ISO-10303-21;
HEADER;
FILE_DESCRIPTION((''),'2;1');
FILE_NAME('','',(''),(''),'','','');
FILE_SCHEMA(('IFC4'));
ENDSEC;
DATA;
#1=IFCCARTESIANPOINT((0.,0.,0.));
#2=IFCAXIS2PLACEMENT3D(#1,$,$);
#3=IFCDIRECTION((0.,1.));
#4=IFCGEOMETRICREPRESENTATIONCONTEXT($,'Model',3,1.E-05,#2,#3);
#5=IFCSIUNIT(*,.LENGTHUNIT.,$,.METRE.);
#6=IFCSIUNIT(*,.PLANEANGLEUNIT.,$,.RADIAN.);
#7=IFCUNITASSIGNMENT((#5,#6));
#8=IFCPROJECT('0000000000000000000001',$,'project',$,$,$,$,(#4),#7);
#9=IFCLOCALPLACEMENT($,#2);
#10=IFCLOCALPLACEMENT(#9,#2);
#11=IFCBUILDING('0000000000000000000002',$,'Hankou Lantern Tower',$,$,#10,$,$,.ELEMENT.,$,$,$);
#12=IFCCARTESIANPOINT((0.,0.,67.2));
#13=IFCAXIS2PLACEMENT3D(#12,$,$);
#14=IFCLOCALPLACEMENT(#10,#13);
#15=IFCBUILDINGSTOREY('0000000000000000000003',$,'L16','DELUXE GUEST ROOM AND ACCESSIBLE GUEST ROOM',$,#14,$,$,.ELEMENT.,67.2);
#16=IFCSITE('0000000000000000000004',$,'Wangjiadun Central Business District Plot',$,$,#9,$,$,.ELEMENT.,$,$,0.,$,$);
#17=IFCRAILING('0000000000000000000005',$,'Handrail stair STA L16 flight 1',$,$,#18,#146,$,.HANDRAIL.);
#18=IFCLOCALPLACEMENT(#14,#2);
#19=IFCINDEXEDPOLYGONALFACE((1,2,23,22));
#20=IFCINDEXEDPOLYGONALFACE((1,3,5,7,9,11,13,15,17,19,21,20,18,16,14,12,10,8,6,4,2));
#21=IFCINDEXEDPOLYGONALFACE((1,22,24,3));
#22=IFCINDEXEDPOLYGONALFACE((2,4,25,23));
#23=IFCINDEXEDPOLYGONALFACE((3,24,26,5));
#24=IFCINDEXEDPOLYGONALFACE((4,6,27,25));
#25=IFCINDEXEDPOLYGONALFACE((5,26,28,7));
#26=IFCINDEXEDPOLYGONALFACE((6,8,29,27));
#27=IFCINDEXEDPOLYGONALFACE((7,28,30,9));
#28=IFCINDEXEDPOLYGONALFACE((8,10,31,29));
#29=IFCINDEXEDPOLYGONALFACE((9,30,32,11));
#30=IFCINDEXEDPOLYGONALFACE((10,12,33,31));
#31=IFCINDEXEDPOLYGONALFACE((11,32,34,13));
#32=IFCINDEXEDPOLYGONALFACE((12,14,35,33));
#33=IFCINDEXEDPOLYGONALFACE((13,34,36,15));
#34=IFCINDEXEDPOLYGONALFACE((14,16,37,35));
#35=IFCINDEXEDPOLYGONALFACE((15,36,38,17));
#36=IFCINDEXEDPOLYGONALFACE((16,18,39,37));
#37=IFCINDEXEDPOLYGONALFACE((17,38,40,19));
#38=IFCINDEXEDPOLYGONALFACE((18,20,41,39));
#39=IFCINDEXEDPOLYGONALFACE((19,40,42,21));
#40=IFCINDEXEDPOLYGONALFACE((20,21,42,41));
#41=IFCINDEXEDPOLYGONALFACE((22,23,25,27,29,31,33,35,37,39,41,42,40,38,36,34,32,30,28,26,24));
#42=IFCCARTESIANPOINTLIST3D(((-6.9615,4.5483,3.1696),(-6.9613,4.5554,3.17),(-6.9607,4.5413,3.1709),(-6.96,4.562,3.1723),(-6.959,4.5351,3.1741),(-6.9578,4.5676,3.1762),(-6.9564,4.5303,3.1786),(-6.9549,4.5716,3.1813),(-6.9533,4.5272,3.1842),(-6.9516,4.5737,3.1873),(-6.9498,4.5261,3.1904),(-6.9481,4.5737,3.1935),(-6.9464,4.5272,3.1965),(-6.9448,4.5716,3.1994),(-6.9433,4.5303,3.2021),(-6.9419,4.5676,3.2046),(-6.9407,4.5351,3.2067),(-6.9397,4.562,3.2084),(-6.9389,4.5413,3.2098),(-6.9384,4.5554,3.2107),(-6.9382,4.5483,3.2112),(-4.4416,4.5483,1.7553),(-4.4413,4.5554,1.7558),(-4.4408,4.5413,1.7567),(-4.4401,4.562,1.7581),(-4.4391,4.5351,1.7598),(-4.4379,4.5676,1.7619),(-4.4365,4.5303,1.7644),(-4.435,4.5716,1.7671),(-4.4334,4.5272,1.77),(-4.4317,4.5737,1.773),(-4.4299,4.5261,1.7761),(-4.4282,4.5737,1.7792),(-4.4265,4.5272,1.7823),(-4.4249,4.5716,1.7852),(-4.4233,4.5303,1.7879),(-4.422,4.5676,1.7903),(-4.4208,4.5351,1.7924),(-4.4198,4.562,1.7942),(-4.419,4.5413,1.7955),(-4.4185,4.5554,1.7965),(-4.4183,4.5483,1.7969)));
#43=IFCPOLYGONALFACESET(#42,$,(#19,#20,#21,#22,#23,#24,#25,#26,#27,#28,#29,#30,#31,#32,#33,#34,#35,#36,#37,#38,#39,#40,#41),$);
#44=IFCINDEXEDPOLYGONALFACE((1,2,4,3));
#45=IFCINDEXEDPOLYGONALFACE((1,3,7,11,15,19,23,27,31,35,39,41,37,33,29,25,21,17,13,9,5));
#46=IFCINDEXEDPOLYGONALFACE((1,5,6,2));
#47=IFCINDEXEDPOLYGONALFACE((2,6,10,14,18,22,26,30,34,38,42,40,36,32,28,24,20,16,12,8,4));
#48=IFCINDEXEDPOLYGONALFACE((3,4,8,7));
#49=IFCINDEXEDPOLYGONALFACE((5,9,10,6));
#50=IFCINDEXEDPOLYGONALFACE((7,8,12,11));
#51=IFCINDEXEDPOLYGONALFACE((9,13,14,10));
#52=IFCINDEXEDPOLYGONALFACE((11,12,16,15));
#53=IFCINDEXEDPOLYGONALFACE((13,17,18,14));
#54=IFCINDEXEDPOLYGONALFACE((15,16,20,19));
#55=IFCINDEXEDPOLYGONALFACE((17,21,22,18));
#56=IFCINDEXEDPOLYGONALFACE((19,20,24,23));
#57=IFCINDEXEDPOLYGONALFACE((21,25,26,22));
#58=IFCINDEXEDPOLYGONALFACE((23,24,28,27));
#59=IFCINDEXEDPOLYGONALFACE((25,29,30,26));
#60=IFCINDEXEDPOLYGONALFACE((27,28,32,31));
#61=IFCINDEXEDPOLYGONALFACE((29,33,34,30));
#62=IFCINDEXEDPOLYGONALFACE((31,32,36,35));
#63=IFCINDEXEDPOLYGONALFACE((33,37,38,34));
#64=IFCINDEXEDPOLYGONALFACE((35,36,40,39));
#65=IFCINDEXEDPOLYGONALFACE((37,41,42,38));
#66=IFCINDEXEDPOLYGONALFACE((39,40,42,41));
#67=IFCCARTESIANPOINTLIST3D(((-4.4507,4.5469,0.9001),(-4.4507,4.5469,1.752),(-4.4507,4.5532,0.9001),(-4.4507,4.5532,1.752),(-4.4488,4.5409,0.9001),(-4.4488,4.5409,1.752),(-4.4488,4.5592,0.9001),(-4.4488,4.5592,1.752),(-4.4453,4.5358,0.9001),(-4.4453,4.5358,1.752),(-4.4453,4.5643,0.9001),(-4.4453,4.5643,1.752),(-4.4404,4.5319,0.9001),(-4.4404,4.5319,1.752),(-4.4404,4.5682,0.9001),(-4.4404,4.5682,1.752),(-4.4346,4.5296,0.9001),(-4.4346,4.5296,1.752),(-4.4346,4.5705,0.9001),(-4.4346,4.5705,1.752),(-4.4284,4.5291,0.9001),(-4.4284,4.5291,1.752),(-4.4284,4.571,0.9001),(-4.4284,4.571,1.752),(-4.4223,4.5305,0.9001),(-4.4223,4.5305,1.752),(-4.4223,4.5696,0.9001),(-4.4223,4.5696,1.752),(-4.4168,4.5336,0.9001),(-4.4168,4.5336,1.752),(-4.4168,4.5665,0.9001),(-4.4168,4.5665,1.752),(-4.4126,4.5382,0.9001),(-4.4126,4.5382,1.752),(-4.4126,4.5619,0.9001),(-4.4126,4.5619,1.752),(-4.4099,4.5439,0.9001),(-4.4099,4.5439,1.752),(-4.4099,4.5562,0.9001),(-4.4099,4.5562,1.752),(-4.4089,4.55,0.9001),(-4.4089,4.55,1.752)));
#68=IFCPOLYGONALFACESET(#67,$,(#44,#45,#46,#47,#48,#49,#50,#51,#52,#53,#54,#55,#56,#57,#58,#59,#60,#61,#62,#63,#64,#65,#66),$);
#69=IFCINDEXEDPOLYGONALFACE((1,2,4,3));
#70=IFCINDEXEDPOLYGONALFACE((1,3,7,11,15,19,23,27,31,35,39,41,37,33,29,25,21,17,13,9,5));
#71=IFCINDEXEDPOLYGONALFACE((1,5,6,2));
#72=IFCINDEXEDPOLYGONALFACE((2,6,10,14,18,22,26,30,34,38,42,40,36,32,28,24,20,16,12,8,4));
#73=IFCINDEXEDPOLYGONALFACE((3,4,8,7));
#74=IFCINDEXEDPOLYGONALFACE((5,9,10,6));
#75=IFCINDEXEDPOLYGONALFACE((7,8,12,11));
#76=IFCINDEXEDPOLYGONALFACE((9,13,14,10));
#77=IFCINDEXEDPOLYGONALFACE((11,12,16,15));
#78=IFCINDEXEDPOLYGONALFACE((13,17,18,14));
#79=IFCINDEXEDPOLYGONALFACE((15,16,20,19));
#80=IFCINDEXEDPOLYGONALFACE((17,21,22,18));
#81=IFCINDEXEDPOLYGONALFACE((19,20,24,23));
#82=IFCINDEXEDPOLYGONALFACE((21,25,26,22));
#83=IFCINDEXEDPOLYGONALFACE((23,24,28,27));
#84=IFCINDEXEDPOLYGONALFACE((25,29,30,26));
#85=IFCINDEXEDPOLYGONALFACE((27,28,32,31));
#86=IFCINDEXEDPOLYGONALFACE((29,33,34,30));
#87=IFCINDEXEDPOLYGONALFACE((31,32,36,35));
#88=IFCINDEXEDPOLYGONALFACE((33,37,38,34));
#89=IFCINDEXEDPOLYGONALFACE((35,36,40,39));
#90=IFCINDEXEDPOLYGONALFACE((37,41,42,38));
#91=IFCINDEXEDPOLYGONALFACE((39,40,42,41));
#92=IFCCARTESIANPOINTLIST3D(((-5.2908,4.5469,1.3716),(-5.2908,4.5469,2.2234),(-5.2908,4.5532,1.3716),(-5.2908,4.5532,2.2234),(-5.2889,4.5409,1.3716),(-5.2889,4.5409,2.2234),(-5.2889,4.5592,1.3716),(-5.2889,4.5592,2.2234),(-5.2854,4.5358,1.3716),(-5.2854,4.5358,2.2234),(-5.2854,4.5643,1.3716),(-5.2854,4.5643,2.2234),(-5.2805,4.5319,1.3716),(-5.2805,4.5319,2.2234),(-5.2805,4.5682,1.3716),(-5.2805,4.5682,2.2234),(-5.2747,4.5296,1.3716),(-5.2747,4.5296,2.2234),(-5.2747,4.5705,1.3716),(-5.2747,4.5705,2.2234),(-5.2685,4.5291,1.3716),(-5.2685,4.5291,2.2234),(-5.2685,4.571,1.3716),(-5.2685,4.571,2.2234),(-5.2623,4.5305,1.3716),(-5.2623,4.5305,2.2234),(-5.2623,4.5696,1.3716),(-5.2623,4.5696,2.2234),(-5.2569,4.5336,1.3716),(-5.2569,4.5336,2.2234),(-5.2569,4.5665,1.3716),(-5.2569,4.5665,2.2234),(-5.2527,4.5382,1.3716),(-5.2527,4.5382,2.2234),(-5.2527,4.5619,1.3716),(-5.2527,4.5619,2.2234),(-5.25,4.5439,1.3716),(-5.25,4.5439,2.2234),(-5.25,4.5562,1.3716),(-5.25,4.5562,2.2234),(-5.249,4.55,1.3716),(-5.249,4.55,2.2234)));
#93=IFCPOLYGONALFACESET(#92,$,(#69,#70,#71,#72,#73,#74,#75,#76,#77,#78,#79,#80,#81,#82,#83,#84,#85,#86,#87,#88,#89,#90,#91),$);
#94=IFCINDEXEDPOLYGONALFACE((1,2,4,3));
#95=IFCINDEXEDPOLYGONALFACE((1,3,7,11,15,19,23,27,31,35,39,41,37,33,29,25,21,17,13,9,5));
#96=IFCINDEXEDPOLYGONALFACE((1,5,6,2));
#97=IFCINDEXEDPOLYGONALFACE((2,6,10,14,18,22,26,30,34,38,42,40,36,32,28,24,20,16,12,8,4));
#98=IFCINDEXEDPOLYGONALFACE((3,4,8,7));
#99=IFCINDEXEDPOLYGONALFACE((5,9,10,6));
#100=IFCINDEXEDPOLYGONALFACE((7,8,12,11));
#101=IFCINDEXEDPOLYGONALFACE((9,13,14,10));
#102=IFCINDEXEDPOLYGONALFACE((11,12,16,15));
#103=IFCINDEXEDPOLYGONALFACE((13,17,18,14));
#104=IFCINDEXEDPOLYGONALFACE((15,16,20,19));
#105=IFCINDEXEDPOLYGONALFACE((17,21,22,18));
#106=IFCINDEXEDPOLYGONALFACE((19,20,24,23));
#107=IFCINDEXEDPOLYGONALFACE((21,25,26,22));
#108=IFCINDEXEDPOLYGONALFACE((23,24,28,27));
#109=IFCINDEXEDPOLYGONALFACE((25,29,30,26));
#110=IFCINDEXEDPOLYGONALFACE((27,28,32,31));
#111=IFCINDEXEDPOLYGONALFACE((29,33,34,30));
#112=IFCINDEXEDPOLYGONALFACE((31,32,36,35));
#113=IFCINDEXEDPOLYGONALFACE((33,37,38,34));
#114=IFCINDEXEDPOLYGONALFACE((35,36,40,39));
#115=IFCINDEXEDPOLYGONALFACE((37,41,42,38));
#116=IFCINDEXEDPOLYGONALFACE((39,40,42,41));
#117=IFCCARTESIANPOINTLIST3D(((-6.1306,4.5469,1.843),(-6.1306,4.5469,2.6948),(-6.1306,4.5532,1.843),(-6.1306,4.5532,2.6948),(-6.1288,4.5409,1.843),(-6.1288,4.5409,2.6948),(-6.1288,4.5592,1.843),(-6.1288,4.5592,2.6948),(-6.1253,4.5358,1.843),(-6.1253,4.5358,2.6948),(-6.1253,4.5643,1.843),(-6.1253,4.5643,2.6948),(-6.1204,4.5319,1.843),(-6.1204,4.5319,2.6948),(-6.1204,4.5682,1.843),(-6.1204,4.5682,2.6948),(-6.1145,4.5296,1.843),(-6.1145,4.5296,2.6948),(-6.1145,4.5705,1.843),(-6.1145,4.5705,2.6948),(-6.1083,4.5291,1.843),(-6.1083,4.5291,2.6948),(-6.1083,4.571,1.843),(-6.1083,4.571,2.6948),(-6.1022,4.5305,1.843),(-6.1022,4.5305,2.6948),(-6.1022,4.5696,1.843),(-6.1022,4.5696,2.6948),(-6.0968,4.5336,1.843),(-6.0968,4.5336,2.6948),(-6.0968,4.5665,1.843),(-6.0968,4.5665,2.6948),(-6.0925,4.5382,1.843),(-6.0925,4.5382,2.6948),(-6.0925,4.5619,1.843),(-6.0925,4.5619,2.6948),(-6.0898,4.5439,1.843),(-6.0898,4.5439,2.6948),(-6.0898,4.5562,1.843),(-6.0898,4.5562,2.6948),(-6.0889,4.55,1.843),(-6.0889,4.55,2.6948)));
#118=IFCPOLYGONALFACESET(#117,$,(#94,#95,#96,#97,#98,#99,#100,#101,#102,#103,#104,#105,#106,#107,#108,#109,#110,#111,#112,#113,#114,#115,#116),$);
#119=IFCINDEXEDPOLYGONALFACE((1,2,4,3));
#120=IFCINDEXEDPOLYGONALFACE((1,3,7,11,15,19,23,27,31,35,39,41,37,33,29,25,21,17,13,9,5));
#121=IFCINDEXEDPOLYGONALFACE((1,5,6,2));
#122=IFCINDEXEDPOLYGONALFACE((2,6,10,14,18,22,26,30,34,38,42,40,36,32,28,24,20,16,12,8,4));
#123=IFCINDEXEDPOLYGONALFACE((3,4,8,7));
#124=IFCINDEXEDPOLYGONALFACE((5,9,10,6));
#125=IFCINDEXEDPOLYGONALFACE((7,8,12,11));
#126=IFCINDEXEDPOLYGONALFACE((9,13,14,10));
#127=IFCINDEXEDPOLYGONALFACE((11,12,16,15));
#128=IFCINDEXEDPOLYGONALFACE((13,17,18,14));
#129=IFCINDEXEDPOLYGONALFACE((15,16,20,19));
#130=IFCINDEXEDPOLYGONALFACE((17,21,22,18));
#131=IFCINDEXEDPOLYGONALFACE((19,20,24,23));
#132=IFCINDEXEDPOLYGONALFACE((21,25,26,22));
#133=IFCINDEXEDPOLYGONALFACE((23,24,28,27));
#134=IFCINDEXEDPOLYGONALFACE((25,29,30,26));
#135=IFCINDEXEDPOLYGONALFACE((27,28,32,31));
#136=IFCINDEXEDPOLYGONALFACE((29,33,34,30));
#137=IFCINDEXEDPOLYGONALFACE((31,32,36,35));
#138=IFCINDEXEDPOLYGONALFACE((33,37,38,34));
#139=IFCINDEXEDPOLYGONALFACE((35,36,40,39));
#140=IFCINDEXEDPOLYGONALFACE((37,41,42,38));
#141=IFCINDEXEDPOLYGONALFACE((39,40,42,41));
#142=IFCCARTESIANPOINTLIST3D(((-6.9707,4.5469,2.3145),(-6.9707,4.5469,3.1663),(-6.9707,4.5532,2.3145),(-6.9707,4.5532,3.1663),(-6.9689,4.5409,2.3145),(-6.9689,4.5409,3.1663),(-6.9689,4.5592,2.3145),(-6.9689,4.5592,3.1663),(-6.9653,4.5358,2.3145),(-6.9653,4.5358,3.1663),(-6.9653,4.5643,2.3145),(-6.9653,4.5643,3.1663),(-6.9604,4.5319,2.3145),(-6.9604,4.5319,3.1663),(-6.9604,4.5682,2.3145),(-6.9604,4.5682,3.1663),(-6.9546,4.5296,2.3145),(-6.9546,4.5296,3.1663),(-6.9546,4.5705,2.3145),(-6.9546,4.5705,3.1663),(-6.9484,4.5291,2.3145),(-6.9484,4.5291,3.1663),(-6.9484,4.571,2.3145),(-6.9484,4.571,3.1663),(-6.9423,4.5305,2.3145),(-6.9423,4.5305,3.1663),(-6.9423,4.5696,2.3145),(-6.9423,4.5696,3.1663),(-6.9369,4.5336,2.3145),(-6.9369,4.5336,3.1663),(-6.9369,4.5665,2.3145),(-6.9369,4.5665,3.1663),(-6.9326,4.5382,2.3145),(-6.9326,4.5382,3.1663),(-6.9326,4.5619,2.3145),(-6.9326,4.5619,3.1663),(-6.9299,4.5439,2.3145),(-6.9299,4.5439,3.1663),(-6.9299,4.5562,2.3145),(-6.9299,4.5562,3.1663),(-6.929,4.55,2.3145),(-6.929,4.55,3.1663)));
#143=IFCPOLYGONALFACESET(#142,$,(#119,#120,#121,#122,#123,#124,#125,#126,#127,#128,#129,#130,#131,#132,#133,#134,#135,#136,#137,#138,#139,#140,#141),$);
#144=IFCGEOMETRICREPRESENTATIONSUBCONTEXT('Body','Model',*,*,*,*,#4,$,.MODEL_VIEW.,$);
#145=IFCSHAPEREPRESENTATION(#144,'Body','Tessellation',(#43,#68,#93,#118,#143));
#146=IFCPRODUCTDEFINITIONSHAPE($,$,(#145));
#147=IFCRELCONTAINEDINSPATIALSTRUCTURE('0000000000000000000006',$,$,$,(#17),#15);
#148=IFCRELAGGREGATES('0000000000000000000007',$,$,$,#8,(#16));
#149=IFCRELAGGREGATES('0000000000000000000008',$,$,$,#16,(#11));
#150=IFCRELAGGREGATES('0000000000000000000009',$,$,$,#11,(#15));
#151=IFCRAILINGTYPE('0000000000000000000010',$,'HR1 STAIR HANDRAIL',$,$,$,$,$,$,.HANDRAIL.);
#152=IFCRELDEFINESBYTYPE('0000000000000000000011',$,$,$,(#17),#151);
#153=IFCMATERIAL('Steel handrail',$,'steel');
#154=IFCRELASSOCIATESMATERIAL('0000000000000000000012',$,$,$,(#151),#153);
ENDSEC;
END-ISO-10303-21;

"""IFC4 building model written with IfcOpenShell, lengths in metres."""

from ifc_helpers import new_model, si_unit, direction, frame, origin, origin_2d, place, context, subcontext, project, spatial, circle, extrude, material, type_object, element, save


model = new_model("IFC4")

# Units and contexts
model_context = context("Model", 3, precision=1e-05, world=origin(), true_north=direction((0.0, 1.0)))
body_context = subcontext(model_context, "Body", "Model", "MODEL_VIEW")
ifc_project = project(units=[si_unit("LENGTHUNIT", "METRE"), si_unit("PLANEANGLEUNIT", "RADIAN")], contexts=[model_context])

# Site, building, storey
site_placement = place(None, origin())
site = spatial("IfcSite", under=ifc_project, at=site_placement, Name="Wangjiadun Central Business District Plot", CompositionType="ELEMENT", RefElevation=0.0)
building_placement = place(site_placement, origin())
building = spatial("IfcBuilding", under=site, at=building_placement, Name="Hankou Lantern Tower", CompositionType="ELEMENT")
storey_placement = place(building_placement, frame((0.0, 0.0, 67.2)))
storey = spatial("IfcBuildingStorey", under=building, at=storey_placement, Name="L16", Description="DELUXE GUEST ROOM AND ACCESSIBLE GUEST ROOM", CompositionType="ELEMENT", Elevation=67.2)

# Railing
ifc_material_1 = material(Name="Steel handrail", Category="steel")
railing_type = type_object("IfcRailingType", Name="HR1 STAIR HANDRAIL", PredefinedType="HANDRAIL", material=ifc_material_1)
railing_1_placement = place(storey_placement, frame((-4.4299, 4.55, 0.9001)))
element("IfcRailing", 1, at=railing_1_placement, inside=storey, type_object=railing_type, Name="Handrail stair STA L16 flight 1", PredefinedType="HANDRAIL", context=body_context, shape_type="SweptSolid", body=[
    extrude(circle(Radius=0.0239, at=origin_2d()), frame((0.0, 0.0, 0.876), z_axis=(-0.872049, 0.0, 0.489419), x_axis=(0.0, -1.0, 0.0)), (0.0, 0.0, 1.0), 2.8896),
    extrude(circle(Radius=0.021, at=origin_2d()), origin(), (0.0, 0.0, 1.0), 0.8518),
    extrude(circle(Radius=0.021, at=origin_2d()), frame((-0.8401, 0.0, 0.4714)), (0.0, 0.0, 1.0), 0.8518),
    extrude(circle(Radius=0.021, at=origin_2d()), frame((-1.6799, 0.0, 0.9429)), (0.0, 0.0, 1.0), 0.8518),
    extrude(circle(Radius=0.021, at=origin_2d()), frame((-2.52, 0.0, 1.4143)), (0.0, 0.0, 1.0), 0.8518),
])

save(model, "model.ifc")
